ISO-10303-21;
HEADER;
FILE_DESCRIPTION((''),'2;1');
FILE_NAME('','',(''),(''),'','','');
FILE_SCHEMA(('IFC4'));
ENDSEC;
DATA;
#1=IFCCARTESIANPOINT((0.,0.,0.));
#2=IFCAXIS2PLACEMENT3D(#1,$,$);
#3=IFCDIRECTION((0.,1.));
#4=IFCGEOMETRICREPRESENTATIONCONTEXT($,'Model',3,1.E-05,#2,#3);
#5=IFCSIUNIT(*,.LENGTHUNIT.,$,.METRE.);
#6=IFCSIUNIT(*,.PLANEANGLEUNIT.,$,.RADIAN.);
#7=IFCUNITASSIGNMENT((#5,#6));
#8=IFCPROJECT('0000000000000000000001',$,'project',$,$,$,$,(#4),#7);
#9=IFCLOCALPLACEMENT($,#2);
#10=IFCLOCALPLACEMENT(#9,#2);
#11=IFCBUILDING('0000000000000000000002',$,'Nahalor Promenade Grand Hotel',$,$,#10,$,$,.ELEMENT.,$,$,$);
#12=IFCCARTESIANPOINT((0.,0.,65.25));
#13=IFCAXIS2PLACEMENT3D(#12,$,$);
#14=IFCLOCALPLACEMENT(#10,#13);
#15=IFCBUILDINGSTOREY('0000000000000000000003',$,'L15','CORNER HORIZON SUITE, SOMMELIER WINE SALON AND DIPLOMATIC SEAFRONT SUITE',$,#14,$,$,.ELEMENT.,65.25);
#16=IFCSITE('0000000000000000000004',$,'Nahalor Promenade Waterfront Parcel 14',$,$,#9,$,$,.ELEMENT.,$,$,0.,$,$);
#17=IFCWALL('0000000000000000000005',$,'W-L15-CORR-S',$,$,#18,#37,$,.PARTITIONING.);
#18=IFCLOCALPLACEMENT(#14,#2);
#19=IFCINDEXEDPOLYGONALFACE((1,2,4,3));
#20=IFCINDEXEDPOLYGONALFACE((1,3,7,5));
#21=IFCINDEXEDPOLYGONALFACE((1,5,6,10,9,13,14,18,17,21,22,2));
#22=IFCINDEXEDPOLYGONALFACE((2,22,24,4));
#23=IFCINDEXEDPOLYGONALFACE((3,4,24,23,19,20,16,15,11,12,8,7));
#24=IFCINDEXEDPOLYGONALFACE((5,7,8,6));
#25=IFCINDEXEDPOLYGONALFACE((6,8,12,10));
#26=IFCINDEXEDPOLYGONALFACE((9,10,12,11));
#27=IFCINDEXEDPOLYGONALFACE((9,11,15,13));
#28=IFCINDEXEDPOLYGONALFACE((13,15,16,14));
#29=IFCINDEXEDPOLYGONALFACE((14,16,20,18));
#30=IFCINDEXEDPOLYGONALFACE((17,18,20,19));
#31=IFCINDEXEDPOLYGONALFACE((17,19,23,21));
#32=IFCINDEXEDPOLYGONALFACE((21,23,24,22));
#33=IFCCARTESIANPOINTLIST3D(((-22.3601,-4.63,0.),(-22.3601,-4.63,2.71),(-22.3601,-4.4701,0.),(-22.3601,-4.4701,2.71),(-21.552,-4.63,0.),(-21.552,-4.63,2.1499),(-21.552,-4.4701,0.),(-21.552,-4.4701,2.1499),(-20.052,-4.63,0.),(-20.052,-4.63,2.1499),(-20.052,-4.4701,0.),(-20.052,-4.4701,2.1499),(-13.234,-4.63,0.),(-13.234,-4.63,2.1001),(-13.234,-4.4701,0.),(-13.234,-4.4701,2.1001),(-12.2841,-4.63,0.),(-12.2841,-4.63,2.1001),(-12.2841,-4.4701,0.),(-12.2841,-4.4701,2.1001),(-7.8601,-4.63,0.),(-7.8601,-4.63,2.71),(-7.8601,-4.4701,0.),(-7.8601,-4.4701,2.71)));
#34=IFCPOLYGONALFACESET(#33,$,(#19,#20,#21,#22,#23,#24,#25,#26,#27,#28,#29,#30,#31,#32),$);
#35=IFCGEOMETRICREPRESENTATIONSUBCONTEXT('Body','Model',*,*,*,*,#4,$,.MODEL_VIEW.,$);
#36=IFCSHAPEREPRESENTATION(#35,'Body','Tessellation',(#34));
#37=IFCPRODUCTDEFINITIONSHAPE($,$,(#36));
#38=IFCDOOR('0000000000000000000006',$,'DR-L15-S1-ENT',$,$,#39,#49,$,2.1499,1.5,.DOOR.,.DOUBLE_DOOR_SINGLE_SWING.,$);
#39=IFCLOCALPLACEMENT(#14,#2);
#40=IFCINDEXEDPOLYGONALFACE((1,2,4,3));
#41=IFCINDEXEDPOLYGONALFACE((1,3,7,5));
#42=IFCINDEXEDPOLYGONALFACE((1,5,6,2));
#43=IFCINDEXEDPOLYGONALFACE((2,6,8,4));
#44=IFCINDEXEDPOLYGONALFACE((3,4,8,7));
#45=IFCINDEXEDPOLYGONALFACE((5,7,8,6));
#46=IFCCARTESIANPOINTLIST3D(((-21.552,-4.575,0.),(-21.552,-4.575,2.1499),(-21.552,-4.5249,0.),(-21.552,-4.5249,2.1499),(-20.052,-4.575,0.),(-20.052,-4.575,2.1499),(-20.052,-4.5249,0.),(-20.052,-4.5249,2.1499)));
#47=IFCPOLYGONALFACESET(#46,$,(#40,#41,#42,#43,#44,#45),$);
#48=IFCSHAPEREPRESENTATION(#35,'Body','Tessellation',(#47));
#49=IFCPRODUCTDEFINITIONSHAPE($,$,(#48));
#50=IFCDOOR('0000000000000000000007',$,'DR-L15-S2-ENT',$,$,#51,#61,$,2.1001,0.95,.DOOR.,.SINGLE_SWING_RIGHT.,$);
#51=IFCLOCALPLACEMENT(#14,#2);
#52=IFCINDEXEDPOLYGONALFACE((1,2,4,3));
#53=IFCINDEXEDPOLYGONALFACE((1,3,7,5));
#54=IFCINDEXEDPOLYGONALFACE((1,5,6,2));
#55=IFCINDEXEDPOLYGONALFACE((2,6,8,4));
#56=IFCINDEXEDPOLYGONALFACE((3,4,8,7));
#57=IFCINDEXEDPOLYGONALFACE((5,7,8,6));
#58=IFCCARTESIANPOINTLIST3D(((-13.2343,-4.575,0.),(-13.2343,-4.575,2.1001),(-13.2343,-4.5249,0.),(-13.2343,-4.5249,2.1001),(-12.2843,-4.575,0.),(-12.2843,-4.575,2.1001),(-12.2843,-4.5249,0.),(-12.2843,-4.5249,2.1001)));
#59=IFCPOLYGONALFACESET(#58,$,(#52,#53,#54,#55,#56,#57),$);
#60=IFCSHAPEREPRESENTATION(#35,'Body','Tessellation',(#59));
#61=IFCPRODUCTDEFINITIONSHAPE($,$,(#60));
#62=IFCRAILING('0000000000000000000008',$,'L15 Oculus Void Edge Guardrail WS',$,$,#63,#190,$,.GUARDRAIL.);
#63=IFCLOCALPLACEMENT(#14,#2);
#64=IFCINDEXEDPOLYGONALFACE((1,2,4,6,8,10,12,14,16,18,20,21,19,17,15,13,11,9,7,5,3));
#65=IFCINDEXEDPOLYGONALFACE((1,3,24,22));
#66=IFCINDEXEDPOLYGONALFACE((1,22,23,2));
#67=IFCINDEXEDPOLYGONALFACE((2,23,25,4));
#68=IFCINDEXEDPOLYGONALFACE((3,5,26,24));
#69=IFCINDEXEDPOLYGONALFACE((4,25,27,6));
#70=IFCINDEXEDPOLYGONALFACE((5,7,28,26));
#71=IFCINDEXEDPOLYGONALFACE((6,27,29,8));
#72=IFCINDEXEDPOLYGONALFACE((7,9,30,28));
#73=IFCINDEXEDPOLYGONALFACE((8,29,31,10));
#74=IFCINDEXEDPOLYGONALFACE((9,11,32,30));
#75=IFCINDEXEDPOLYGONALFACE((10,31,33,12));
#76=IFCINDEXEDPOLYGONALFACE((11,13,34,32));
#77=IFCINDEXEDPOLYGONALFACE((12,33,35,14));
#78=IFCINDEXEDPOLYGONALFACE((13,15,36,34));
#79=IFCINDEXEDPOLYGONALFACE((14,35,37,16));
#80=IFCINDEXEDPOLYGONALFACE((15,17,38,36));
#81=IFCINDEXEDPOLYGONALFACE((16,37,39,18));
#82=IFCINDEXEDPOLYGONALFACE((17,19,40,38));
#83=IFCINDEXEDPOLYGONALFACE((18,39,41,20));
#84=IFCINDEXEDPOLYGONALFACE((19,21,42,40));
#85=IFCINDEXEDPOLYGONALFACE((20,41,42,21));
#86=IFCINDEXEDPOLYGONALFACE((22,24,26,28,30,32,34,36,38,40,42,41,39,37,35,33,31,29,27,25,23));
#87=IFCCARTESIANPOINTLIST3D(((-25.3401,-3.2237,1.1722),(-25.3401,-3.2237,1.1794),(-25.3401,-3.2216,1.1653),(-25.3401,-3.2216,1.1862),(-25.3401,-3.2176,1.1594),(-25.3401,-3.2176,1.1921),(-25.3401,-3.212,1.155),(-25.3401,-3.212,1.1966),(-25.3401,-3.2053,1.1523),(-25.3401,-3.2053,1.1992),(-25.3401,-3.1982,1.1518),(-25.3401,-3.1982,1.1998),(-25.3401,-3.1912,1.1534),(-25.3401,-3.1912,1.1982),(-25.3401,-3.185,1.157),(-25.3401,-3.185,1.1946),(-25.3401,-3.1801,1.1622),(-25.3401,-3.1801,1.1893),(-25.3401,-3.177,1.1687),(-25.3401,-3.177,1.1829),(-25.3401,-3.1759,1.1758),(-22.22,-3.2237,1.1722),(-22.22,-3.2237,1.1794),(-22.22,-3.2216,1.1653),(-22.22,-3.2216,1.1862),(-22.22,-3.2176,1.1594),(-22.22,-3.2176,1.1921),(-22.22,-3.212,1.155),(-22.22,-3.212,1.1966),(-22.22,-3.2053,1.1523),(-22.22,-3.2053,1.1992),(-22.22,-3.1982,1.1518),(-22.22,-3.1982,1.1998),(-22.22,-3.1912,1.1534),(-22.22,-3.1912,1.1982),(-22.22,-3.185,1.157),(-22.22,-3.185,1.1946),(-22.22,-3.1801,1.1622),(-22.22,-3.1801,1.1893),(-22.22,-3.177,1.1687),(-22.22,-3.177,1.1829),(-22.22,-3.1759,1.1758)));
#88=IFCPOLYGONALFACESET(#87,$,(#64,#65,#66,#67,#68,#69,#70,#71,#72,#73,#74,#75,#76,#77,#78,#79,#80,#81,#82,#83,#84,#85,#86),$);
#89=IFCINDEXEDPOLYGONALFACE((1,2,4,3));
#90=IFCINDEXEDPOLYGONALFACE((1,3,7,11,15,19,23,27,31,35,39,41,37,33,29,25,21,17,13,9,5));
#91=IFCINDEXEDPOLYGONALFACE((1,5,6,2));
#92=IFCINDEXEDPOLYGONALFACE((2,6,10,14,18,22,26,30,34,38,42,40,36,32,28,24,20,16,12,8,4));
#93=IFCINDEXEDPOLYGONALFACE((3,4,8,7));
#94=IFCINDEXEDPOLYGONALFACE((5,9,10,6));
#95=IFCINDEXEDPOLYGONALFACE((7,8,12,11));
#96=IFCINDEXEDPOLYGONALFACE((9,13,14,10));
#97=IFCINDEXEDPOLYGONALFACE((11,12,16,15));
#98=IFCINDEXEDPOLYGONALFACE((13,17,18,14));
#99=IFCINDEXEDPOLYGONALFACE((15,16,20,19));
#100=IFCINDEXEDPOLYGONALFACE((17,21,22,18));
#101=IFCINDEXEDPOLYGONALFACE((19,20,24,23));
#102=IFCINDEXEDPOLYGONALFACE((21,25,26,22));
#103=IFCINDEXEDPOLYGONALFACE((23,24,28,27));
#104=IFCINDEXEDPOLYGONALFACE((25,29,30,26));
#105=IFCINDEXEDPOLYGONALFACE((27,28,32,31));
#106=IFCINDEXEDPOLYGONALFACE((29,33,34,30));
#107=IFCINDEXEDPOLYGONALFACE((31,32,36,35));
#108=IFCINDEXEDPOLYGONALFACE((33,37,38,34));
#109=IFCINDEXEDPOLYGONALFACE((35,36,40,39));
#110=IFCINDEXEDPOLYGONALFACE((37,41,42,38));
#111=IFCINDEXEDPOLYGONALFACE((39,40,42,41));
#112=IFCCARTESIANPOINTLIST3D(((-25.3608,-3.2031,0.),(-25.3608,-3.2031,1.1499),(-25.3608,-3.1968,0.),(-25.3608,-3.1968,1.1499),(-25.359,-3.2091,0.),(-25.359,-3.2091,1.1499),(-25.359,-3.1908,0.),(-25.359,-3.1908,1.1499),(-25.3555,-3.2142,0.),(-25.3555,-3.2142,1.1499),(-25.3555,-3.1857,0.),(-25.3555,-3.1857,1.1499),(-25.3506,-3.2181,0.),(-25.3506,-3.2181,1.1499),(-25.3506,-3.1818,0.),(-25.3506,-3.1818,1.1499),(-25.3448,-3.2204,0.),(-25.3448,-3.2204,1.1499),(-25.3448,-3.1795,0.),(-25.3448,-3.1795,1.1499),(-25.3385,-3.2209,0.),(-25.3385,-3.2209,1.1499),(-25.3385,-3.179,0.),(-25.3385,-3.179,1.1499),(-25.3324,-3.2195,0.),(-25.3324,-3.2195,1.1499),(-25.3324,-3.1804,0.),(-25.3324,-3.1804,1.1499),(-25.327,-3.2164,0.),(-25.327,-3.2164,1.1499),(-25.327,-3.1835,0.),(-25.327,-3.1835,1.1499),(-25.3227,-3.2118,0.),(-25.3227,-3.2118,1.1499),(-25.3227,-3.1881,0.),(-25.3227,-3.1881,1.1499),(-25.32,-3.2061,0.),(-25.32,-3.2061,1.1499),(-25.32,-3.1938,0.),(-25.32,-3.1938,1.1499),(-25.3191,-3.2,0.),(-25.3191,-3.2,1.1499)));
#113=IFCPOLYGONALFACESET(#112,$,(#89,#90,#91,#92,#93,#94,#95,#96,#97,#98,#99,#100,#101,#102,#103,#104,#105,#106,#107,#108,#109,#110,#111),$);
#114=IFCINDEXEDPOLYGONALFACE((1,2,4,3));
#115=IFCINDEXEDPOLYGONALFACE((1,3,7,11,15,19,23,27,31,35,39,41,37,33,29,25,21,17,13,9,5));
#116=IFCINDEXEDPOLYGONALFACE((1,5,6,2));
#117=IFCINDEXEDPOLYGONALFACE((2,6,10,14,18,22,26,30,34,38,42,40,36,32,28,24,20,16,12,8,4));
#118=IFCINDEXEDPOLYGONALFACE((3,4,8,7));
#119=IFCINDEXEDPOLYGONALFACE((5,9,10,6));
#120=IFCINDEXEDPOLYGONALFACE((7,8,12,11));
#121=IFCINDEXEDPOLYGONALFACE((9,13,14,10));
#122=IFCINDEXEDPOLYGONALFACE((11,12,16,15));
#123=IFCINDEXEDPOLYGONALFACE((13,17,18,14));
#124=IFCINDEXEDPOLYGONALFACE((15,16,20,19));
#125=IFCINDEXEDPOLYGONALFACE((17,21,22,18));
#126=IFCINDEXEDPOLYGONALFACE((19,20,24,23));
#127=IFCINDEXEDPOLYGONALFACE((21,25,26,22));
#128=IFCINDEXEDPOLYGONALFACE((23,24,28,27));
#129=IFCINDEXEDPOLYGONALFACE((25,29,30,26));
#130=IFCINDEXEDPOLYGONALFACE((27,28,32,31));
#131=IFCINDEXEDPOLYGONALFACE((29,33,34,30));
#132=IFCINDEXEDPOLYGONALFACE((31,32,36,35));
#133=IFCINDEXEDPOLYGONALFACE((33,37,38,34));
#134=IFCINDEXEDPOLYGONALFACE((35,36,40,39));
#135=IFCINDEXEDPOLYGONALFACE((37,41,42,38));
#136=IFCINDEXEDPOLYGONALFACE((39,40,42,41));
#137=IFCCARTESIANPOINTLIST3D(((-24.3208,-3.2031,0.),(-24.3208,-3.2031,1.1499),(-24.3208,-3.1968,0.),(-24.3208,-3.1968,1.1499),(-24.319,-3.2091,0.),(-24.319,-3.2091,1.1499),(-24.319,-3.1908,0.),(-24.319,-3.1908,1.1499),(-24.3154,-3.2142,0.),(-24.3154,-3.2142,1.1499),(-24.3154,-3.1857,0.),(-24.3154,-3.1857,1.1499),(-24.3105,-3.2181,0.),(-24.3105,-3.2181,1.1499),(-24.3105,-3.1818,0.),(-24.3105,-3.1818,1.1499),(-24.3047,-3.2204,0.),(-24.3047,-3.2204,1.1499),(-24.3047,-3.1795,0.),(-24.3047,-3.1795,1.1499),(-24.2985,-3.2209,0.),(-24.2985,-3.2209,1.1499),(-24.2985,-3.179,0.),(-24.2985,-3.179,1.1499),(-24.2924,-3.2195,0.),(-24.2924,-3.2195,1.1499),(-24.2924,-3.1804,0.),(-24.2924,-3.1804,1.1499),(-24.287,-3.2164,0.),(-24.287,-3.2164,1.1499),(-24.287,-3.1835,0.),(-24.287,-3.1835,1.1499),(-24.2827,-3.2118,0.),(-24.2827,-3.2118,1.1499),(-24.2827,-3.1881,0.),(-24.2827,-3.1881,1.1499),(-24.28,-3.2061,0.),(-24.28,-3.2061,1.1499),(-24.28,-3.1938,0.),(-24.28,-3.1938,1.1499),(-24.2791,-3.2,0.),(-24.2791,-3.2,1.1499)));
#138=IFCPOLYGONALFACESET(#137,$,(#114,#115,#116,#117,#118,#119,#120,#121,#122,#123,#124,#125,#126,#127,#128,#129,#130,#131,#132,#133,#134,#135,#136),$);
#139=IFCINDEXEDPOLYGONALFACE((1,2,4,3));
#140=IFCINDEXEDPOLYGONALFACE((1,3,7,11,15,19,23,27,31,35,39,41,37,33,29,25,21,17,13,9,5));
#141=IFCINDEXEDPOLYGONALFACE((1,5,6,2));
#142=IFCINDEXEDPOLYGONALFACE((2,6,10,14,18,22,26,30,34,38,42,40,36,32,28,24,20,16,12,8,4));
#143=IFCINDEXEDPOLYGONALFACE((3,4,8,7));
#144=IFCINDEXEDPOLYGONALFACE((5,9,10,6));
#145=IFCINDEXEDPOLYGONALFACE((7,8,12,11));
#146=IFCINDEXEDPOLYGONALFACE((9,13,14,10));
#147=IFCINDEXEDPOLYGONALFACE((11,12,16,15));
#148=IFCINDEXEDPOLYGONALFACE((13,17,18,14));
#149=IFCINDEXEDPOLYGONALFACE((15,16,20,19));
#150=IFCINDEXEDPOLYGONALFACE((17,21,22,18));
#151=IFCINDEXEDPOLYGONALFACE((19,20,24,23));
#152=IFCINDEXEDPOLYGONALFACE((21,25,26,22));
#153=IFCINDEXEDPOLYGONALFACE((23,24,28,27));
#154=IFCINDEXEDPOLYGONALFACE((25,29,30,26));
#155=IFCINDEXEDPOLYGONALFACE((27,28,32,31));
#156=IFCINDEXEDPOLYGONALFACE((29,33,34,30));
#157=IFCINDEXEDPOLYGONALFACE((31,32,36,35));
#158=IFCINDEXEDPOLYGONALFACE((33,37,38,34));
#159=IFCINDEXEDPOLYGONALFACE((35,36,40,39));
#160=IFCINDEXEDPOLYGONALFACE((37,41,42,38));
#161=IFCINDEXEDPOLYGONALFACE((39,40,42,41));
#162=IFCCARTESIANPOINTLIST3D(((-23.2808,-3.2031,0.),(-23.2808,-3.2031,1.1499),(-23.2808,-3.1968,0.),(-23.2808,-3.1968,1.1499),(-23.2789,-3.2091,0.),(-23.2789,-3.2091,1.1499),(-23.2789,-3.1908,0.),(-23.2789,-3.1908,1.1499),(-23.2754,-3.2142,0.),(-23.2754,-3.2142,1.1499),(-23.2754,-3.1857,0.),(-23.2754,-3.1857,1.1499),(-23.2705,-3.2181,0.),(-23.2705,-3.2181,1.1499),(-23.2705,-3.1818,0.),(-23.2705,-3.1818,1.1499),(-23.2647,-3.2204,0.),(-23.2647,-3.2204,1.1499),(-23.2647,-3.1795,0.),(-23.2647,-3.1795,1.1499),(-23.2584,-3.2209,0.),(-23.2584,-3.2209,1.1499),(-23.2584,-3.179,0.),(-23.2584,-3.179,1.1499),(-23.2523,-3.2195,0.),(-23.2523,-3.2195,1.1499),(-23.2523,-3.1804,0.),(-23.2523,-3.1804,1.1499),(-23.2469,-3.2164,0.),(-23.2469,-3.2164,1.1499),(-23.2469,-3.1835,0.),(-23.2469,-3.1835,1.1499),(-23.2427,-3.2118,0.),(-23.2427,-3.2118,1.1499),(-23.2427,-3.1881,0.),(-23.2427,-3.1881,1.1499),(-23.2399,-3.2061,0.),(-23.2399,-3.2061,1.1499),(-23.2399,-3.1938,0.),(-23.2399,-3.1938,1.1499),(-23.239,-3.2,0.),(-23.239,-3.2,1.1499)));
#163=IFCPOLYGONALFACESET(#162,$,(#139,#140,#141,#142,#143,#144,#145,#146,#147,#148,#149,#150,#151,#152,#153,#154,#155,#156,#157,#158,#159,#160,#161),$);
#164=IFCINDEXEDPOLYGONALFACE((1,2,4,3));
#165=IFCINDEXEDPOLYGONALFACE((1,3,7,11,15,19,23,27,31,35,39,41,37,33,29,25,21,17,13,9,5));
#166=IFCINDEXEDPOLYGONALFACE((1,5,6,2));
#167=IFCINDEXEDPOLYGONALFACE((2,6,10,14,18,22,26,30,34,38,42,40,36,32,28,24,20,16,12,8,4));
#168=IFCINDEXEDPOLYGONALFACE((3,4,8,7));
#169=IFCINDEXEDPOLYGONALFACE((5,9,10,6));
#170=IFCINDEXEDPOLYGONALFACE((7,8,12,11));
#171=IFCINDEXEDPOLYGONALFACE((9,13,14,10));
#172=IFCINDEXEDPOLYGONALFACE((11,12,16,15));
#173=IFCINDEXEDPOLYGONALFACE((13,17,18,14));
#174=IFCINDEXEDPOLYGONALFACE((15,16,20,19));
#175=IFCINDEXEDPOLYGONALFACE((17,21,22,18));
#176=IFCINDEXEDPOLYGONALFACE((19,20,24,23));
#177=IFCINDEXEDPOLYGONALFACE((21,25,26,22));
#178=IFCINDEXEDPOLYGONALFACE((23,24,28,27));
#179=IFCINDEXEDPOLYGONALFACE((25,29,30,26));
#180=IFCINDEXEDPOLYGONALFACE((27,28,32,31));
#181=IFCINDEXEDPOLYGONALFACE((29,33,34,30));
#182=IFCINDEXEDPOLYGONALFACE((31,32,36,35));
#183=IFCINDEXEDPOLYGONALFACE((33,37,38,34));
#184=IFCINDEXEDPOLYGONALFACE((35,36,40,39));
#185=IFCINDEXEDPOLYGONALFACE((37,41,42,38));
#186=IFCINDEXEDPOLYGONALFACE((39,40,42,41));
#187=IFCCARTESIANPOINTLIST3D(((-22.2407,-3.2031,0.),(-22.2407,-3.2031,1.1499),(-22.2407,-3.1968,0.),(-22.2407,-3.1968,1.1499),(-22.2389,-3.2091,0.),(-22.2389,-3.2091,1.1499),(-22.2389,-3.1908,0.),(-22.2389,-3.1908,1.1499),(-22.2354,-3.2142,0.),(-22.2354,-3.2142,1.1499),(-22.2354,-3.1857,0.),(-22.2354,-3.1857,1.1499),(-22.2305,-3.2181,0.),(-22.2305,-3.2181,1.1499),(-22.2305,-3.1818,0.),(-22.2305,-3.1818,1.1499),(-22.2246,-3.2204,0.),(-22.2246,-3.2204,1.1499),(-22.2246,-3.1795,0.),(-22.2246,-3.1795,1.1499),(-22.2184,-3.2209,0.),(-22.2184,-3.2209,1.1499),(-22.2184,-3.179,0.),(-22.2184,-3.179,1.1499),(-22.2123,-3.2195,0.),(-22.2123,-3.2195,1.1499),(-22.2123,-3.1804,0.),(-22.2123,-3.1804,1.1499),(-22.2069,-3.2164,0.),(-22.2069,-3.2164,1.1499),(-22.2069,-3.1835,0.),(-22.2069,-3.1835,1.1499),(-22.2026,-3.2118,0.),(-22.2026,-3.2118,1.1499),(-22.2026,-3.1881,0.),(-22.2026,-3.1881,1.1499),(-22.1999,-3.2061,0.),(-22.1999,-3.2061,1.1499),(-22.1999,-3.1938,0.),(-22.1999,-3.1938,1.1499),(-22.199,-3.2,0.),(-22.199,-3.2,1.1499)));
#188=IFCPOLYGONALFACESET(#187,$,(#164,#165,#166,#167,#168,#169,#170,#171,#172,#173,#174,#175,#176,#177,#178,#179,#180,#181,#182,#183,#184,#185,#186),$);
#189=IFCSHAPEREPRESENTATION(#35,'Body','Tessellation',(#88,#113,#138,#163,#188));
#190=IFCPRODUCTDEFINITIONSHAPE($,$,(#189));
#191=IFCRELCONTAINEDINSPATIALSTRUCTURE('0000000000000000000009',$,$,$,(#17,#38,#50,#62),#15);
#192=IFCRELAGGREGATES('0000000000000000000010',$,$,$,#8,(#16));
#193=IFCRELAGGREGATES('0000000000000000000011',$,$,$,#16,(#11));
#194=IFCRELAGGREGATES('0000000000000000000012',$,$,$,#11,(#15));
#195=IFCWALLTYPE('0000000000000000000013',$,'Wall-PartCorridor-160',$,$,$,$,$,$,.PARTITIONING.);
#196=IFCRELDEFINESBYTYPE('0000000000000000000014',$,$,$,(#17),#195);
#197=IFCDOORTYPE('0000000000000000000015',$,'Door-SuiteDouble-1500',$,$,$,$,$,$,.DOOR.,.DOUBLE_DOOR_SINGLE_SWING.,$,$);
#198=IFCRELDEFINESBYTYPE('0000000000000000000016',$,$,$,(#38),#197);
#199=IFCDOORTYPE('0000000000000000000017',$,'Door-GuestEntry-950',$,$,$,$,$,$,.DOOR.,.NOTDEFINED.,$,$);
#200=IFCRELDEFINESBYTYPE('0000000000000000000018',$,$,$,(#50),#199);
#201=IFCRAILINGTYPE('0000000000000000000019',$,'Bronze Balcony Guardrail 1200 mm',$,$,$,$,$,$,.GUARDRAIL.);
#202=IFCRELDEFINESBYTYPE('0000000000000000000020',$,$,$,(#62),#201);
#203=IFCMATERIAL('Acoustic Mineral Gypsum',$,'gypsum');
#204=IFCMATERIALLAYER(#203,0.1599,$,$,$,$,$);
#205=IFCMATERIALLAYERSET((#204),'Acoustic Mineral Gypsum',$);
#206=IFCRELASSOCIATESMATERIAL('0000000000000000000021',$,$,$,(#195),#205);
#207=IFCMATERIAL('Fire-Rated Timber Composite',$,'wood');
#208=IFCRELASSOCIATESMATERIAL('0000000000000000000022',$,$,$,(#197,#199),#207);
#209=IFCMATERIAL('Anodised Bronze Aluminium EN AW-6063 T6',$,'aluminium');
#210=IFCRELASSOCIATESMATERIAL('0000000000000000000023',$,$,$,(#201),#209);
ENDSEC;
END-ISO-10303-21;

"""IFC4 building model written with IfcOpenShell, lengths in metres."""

from ifc_helpers import new_model, si_unit, direction, frame, frame_2d, origin, origin_2d, place, context, subcontext, project, spatial, rectangle, circle, extrude, source, transform, mapped, material, layer, layer_set, type_object, element, fill, save


model = new_model("IFC4")

# Units and contexts
model_context = context("Model", 3, precision=1e-05, world=origin(), true_north=direction((0.0, 1.0)))
body_context = subcontext(model_context, "Body", "Model", "MODEL_VIEW")
ifc_project = project(units=[si_unit("LENGTHUNIT", "METRE"), si_unit("PLANEANGLEUNIT", "RADIAN")], contexts=[model_context])

# Site, building, storey
site_placement = place(None, origin())
site = spatial("IfcSite", under=ifc_project, at=site_placement, Name="Nahalor Promenade Waterfront Parcel 14", CompositionType="ELEMENT", RefElevation=0.0)
building_placement = place(site_placement, origin())
building = spatial("IfcBuilding", under=site, at=building_placement, Name="Nahalor Promenade Grand Hotel", CompositionType="ELEMENT")
storey_placement = place(building_placement, frame((0.0, 0.0, 65.25)))
storey = spatial("IfcBuildingStorey", under=building, at=storey_placement, Name="L15", Description="CORNER HORIZON SUITE, SOMMELIER WINE SALON AND DIPLOMATIC SEAFRONT SUITE", CompositionType="ELEMENT", Elevation=65.25)

# Shared definitions
ifc_material_1 = material(Name="Anodised Bronze Aluminium EN AW-6063 T6", Category="aluminium")

# Wall, openings, doors
ifc_material_2 = material(Name="Acoustic Mineral Gypsum", Category="gypsum")
ifc_layer_1 = layer(ifc_material_2, 0.1599)
ifc_layer_set_1 = layer_set([ifc_layer_1], Name="Acoustic Mineral Gypsum")
wall_type = type_object("IfcWallType", Name="Wall-PartCorridor-160", PredefinedType="PARTITIONING", material=ifc_layer_set_1)
shared_shape_1 = source(origin(), body_context, "Body", "SweptSolid", [
    extrude(rectangle(XDim=14.5, YDim=0.1599, at=frame_2d((7.25, 0.0))), origin(), (0.0, 0.0, 1.0), 2.71),
])
wall_placement = place(storey_placement, frame((-22.3601, -4.55, 0.0), z_axis=(0.0, 0.0, 1.0), x_axis=(1.0, 0.0, 0.0)))
wall = element("IfcWall", 1, at=wall_placement, inside=storey, type_object=wall_type, Name="W-L15-CORR-S", PredefinedType="PARTITIONING", context=body_context, shape_type="MappedRepresentation", body=[
    mapped(shared_shape_1, transform((0.0, 0.0, 0.0), scale=1.0)),
])
opening_1_placement = place(wall_placement, frame((0.8081, 0.0, 0.0)))
opening_1 = element("IfcOpeningElement", 2, at=opening_1_placement, cuts=wall, PredefinedType="OPENING", context=body_context, shape_type="SweptSolid", body=[
    extrude(rectangle(XDim=1.5, YDim=2.1499, at=frame_2d((0.75, 1.075))), frame((0.0, 0.0898, 0.0), z_axis=(0.0, -1.0, 0.0), x_axis=(1.0, 0.0, 0.0)), (0.0, 0.0, 1.0), 0.1799),
])
opening_2_placement = place(wall_placement, frame((9.126, 0.0, 0.0)))
opening_2 = element("IfcOpeningElement", 3, at=opening_2_placement, cuts=wall, PredefinedType="OPENING", context=body_context, shape_type="SweptSolid", body=[
    extrude(rectangle(XDim=0.95, YDim=2.1001, at=frame_2d((0.4751, 1.05))), frame((0.0, 0.0898, 0.0), z_axis=(0.0, -1.0, 0.0), x_axis=(1.0, 0.0, 0.0)), (0.0, 0.0, 1.0), 0.1799),
])
ifc_material_3 = material(Name="Fire-Rated Timber Composite", Category="wood")
door_type_1 = type_object("IfcDoorType", Name="Door-SuiteDouble-1500", OperationType="DOUBLE_DOOR_SINGLE_SWING", PredefinedType="DOOR", material=ifc_material_3)
shared_shape_2 = source(origin(), body_context, "Body", "SweptSolid", [
    extrude(rectangle(XDim=1.5, YDim=2.1499, at=frame_2d((0.75, 1.075))), frame((0.0, 0.0249, 0.0), z_axis=(0.0, -1.0, 0.0), x_axis=(1.0, 0.0, 0.0)), (0.0, 0.0, 1.0), 0.05),
])
door_1_placement = place(opening_1_placement, frame((1.5, 0.0, 0.0), z_axis=(0.0, 0.0, 1.0), x_axis=(-1.0, 0.0, 0.0)))
door_1 = element("IfcDoor", 4, at=door_1_placement, inside=storey, type_object=door_type_1, Name="DR-L15-S1-ENT", OperationType="DOUBLE_DOOR_SINGLE_SWING", OverallHeight=2.1499, OverallWidth=1.5, PredefinedType="DOOR", context=body_context, shape_type="MappedRepresentation", body=[
    mapped(shared_shape_2, transform((0.0, 0.0, 0.0), scale=1.0)),
])
fill(opening_1, door_1)
door_type_2 = type_object("IfcDoorType", Name="Door-GuestEntry-950", OperationType="NOTDEFINED", PredefinedType="DOOR", material=ifc_material_3)
shared_shape_3 = source(origin(), body_context, "Body", "SweptSolid", [
    extrude(rectangle(XDim=0.95, YDim=2.1001, at=frame_2d((0.4751, 1.05))), frame((0.0, 0.0249, 0.0), z_axis=(0.0, -1.0, 0.0), x_axis=(1.0, 0.0, 0.0)), (0.0, 0.0, 1.0), 0.05),
])
door_2_placement = place(opening_2_placement, frame((0.95, 0.0, 0.0), z_axis=(0.0, 0.0, 1.0), x_axis=(-1.0, 0.0, 0.0)))
door_2 = element("IfcDoor", 5, at=door_2_placement, inside=storey, type_object=door_type_2, Name="DR-L15-S2-ENT", OperationType="SINGLE_SWING_RIGHT", OverallHeight=2.1001, OverallWidth=0.95, PredefinedType="DOOR", context=body_context, shape_type="MappedRepresentation", body=[
    mapped(shared_shape_3, transform((0.0, 0.0, 0.0), scale=1.0)),
])
fill(opening_2, door_2)

# Railing
railing_type = type_object("IfcRailingType", Name="Bronze Balcony Guardrail 1200 mm", PredefinedType="GUARDRAIL", material=ifc_material_1)
railing_1_placement = place(storey_placement, frame((-25.3401, -3.2, 0.0)))
element("IfcRailing", 6, at=railing_1_placement, inside=storey, type_object=railing_type, Name="L15 Oculus Void Edge Guardrail WS", PredefinedType="GUARDRAIL", context=body_context, shape_type="SweptSolid", body=[
    extrude(circle(Radius=0.024, at=origin_2d()), frame((0.0, 0.0, 1.1758), z_axis=(1.0, 0.0, 0.0), x_axis=(0.0, 1.0, 0.0)), (0.0, 0.0, 1.0), 3.1201),
    extrude(circle(Radius=0.021, at=origin_2d()), origin(), (0.0, 0.0, 1.0), 1.1499),
    extrude(circle(Radius=0.021, at=origin_2d()), frame((1.04, 0.0, 0.0)), (0.0, 0.0, 1.0), 1.1499),
    extrude(circle(Radius=0.021, at=origin_2d()), frame((2.0801, 0.0, 0.0)), (0.0, 0.0, 1.0), 1.1499),
    extrude(circle(Radius=0.021, at=origin_2d()), frame((3.1201, 0.0, 0.0)), (0.0, 0.0, 1.0), 1.1499),
])

save(model, "model.ifc")
